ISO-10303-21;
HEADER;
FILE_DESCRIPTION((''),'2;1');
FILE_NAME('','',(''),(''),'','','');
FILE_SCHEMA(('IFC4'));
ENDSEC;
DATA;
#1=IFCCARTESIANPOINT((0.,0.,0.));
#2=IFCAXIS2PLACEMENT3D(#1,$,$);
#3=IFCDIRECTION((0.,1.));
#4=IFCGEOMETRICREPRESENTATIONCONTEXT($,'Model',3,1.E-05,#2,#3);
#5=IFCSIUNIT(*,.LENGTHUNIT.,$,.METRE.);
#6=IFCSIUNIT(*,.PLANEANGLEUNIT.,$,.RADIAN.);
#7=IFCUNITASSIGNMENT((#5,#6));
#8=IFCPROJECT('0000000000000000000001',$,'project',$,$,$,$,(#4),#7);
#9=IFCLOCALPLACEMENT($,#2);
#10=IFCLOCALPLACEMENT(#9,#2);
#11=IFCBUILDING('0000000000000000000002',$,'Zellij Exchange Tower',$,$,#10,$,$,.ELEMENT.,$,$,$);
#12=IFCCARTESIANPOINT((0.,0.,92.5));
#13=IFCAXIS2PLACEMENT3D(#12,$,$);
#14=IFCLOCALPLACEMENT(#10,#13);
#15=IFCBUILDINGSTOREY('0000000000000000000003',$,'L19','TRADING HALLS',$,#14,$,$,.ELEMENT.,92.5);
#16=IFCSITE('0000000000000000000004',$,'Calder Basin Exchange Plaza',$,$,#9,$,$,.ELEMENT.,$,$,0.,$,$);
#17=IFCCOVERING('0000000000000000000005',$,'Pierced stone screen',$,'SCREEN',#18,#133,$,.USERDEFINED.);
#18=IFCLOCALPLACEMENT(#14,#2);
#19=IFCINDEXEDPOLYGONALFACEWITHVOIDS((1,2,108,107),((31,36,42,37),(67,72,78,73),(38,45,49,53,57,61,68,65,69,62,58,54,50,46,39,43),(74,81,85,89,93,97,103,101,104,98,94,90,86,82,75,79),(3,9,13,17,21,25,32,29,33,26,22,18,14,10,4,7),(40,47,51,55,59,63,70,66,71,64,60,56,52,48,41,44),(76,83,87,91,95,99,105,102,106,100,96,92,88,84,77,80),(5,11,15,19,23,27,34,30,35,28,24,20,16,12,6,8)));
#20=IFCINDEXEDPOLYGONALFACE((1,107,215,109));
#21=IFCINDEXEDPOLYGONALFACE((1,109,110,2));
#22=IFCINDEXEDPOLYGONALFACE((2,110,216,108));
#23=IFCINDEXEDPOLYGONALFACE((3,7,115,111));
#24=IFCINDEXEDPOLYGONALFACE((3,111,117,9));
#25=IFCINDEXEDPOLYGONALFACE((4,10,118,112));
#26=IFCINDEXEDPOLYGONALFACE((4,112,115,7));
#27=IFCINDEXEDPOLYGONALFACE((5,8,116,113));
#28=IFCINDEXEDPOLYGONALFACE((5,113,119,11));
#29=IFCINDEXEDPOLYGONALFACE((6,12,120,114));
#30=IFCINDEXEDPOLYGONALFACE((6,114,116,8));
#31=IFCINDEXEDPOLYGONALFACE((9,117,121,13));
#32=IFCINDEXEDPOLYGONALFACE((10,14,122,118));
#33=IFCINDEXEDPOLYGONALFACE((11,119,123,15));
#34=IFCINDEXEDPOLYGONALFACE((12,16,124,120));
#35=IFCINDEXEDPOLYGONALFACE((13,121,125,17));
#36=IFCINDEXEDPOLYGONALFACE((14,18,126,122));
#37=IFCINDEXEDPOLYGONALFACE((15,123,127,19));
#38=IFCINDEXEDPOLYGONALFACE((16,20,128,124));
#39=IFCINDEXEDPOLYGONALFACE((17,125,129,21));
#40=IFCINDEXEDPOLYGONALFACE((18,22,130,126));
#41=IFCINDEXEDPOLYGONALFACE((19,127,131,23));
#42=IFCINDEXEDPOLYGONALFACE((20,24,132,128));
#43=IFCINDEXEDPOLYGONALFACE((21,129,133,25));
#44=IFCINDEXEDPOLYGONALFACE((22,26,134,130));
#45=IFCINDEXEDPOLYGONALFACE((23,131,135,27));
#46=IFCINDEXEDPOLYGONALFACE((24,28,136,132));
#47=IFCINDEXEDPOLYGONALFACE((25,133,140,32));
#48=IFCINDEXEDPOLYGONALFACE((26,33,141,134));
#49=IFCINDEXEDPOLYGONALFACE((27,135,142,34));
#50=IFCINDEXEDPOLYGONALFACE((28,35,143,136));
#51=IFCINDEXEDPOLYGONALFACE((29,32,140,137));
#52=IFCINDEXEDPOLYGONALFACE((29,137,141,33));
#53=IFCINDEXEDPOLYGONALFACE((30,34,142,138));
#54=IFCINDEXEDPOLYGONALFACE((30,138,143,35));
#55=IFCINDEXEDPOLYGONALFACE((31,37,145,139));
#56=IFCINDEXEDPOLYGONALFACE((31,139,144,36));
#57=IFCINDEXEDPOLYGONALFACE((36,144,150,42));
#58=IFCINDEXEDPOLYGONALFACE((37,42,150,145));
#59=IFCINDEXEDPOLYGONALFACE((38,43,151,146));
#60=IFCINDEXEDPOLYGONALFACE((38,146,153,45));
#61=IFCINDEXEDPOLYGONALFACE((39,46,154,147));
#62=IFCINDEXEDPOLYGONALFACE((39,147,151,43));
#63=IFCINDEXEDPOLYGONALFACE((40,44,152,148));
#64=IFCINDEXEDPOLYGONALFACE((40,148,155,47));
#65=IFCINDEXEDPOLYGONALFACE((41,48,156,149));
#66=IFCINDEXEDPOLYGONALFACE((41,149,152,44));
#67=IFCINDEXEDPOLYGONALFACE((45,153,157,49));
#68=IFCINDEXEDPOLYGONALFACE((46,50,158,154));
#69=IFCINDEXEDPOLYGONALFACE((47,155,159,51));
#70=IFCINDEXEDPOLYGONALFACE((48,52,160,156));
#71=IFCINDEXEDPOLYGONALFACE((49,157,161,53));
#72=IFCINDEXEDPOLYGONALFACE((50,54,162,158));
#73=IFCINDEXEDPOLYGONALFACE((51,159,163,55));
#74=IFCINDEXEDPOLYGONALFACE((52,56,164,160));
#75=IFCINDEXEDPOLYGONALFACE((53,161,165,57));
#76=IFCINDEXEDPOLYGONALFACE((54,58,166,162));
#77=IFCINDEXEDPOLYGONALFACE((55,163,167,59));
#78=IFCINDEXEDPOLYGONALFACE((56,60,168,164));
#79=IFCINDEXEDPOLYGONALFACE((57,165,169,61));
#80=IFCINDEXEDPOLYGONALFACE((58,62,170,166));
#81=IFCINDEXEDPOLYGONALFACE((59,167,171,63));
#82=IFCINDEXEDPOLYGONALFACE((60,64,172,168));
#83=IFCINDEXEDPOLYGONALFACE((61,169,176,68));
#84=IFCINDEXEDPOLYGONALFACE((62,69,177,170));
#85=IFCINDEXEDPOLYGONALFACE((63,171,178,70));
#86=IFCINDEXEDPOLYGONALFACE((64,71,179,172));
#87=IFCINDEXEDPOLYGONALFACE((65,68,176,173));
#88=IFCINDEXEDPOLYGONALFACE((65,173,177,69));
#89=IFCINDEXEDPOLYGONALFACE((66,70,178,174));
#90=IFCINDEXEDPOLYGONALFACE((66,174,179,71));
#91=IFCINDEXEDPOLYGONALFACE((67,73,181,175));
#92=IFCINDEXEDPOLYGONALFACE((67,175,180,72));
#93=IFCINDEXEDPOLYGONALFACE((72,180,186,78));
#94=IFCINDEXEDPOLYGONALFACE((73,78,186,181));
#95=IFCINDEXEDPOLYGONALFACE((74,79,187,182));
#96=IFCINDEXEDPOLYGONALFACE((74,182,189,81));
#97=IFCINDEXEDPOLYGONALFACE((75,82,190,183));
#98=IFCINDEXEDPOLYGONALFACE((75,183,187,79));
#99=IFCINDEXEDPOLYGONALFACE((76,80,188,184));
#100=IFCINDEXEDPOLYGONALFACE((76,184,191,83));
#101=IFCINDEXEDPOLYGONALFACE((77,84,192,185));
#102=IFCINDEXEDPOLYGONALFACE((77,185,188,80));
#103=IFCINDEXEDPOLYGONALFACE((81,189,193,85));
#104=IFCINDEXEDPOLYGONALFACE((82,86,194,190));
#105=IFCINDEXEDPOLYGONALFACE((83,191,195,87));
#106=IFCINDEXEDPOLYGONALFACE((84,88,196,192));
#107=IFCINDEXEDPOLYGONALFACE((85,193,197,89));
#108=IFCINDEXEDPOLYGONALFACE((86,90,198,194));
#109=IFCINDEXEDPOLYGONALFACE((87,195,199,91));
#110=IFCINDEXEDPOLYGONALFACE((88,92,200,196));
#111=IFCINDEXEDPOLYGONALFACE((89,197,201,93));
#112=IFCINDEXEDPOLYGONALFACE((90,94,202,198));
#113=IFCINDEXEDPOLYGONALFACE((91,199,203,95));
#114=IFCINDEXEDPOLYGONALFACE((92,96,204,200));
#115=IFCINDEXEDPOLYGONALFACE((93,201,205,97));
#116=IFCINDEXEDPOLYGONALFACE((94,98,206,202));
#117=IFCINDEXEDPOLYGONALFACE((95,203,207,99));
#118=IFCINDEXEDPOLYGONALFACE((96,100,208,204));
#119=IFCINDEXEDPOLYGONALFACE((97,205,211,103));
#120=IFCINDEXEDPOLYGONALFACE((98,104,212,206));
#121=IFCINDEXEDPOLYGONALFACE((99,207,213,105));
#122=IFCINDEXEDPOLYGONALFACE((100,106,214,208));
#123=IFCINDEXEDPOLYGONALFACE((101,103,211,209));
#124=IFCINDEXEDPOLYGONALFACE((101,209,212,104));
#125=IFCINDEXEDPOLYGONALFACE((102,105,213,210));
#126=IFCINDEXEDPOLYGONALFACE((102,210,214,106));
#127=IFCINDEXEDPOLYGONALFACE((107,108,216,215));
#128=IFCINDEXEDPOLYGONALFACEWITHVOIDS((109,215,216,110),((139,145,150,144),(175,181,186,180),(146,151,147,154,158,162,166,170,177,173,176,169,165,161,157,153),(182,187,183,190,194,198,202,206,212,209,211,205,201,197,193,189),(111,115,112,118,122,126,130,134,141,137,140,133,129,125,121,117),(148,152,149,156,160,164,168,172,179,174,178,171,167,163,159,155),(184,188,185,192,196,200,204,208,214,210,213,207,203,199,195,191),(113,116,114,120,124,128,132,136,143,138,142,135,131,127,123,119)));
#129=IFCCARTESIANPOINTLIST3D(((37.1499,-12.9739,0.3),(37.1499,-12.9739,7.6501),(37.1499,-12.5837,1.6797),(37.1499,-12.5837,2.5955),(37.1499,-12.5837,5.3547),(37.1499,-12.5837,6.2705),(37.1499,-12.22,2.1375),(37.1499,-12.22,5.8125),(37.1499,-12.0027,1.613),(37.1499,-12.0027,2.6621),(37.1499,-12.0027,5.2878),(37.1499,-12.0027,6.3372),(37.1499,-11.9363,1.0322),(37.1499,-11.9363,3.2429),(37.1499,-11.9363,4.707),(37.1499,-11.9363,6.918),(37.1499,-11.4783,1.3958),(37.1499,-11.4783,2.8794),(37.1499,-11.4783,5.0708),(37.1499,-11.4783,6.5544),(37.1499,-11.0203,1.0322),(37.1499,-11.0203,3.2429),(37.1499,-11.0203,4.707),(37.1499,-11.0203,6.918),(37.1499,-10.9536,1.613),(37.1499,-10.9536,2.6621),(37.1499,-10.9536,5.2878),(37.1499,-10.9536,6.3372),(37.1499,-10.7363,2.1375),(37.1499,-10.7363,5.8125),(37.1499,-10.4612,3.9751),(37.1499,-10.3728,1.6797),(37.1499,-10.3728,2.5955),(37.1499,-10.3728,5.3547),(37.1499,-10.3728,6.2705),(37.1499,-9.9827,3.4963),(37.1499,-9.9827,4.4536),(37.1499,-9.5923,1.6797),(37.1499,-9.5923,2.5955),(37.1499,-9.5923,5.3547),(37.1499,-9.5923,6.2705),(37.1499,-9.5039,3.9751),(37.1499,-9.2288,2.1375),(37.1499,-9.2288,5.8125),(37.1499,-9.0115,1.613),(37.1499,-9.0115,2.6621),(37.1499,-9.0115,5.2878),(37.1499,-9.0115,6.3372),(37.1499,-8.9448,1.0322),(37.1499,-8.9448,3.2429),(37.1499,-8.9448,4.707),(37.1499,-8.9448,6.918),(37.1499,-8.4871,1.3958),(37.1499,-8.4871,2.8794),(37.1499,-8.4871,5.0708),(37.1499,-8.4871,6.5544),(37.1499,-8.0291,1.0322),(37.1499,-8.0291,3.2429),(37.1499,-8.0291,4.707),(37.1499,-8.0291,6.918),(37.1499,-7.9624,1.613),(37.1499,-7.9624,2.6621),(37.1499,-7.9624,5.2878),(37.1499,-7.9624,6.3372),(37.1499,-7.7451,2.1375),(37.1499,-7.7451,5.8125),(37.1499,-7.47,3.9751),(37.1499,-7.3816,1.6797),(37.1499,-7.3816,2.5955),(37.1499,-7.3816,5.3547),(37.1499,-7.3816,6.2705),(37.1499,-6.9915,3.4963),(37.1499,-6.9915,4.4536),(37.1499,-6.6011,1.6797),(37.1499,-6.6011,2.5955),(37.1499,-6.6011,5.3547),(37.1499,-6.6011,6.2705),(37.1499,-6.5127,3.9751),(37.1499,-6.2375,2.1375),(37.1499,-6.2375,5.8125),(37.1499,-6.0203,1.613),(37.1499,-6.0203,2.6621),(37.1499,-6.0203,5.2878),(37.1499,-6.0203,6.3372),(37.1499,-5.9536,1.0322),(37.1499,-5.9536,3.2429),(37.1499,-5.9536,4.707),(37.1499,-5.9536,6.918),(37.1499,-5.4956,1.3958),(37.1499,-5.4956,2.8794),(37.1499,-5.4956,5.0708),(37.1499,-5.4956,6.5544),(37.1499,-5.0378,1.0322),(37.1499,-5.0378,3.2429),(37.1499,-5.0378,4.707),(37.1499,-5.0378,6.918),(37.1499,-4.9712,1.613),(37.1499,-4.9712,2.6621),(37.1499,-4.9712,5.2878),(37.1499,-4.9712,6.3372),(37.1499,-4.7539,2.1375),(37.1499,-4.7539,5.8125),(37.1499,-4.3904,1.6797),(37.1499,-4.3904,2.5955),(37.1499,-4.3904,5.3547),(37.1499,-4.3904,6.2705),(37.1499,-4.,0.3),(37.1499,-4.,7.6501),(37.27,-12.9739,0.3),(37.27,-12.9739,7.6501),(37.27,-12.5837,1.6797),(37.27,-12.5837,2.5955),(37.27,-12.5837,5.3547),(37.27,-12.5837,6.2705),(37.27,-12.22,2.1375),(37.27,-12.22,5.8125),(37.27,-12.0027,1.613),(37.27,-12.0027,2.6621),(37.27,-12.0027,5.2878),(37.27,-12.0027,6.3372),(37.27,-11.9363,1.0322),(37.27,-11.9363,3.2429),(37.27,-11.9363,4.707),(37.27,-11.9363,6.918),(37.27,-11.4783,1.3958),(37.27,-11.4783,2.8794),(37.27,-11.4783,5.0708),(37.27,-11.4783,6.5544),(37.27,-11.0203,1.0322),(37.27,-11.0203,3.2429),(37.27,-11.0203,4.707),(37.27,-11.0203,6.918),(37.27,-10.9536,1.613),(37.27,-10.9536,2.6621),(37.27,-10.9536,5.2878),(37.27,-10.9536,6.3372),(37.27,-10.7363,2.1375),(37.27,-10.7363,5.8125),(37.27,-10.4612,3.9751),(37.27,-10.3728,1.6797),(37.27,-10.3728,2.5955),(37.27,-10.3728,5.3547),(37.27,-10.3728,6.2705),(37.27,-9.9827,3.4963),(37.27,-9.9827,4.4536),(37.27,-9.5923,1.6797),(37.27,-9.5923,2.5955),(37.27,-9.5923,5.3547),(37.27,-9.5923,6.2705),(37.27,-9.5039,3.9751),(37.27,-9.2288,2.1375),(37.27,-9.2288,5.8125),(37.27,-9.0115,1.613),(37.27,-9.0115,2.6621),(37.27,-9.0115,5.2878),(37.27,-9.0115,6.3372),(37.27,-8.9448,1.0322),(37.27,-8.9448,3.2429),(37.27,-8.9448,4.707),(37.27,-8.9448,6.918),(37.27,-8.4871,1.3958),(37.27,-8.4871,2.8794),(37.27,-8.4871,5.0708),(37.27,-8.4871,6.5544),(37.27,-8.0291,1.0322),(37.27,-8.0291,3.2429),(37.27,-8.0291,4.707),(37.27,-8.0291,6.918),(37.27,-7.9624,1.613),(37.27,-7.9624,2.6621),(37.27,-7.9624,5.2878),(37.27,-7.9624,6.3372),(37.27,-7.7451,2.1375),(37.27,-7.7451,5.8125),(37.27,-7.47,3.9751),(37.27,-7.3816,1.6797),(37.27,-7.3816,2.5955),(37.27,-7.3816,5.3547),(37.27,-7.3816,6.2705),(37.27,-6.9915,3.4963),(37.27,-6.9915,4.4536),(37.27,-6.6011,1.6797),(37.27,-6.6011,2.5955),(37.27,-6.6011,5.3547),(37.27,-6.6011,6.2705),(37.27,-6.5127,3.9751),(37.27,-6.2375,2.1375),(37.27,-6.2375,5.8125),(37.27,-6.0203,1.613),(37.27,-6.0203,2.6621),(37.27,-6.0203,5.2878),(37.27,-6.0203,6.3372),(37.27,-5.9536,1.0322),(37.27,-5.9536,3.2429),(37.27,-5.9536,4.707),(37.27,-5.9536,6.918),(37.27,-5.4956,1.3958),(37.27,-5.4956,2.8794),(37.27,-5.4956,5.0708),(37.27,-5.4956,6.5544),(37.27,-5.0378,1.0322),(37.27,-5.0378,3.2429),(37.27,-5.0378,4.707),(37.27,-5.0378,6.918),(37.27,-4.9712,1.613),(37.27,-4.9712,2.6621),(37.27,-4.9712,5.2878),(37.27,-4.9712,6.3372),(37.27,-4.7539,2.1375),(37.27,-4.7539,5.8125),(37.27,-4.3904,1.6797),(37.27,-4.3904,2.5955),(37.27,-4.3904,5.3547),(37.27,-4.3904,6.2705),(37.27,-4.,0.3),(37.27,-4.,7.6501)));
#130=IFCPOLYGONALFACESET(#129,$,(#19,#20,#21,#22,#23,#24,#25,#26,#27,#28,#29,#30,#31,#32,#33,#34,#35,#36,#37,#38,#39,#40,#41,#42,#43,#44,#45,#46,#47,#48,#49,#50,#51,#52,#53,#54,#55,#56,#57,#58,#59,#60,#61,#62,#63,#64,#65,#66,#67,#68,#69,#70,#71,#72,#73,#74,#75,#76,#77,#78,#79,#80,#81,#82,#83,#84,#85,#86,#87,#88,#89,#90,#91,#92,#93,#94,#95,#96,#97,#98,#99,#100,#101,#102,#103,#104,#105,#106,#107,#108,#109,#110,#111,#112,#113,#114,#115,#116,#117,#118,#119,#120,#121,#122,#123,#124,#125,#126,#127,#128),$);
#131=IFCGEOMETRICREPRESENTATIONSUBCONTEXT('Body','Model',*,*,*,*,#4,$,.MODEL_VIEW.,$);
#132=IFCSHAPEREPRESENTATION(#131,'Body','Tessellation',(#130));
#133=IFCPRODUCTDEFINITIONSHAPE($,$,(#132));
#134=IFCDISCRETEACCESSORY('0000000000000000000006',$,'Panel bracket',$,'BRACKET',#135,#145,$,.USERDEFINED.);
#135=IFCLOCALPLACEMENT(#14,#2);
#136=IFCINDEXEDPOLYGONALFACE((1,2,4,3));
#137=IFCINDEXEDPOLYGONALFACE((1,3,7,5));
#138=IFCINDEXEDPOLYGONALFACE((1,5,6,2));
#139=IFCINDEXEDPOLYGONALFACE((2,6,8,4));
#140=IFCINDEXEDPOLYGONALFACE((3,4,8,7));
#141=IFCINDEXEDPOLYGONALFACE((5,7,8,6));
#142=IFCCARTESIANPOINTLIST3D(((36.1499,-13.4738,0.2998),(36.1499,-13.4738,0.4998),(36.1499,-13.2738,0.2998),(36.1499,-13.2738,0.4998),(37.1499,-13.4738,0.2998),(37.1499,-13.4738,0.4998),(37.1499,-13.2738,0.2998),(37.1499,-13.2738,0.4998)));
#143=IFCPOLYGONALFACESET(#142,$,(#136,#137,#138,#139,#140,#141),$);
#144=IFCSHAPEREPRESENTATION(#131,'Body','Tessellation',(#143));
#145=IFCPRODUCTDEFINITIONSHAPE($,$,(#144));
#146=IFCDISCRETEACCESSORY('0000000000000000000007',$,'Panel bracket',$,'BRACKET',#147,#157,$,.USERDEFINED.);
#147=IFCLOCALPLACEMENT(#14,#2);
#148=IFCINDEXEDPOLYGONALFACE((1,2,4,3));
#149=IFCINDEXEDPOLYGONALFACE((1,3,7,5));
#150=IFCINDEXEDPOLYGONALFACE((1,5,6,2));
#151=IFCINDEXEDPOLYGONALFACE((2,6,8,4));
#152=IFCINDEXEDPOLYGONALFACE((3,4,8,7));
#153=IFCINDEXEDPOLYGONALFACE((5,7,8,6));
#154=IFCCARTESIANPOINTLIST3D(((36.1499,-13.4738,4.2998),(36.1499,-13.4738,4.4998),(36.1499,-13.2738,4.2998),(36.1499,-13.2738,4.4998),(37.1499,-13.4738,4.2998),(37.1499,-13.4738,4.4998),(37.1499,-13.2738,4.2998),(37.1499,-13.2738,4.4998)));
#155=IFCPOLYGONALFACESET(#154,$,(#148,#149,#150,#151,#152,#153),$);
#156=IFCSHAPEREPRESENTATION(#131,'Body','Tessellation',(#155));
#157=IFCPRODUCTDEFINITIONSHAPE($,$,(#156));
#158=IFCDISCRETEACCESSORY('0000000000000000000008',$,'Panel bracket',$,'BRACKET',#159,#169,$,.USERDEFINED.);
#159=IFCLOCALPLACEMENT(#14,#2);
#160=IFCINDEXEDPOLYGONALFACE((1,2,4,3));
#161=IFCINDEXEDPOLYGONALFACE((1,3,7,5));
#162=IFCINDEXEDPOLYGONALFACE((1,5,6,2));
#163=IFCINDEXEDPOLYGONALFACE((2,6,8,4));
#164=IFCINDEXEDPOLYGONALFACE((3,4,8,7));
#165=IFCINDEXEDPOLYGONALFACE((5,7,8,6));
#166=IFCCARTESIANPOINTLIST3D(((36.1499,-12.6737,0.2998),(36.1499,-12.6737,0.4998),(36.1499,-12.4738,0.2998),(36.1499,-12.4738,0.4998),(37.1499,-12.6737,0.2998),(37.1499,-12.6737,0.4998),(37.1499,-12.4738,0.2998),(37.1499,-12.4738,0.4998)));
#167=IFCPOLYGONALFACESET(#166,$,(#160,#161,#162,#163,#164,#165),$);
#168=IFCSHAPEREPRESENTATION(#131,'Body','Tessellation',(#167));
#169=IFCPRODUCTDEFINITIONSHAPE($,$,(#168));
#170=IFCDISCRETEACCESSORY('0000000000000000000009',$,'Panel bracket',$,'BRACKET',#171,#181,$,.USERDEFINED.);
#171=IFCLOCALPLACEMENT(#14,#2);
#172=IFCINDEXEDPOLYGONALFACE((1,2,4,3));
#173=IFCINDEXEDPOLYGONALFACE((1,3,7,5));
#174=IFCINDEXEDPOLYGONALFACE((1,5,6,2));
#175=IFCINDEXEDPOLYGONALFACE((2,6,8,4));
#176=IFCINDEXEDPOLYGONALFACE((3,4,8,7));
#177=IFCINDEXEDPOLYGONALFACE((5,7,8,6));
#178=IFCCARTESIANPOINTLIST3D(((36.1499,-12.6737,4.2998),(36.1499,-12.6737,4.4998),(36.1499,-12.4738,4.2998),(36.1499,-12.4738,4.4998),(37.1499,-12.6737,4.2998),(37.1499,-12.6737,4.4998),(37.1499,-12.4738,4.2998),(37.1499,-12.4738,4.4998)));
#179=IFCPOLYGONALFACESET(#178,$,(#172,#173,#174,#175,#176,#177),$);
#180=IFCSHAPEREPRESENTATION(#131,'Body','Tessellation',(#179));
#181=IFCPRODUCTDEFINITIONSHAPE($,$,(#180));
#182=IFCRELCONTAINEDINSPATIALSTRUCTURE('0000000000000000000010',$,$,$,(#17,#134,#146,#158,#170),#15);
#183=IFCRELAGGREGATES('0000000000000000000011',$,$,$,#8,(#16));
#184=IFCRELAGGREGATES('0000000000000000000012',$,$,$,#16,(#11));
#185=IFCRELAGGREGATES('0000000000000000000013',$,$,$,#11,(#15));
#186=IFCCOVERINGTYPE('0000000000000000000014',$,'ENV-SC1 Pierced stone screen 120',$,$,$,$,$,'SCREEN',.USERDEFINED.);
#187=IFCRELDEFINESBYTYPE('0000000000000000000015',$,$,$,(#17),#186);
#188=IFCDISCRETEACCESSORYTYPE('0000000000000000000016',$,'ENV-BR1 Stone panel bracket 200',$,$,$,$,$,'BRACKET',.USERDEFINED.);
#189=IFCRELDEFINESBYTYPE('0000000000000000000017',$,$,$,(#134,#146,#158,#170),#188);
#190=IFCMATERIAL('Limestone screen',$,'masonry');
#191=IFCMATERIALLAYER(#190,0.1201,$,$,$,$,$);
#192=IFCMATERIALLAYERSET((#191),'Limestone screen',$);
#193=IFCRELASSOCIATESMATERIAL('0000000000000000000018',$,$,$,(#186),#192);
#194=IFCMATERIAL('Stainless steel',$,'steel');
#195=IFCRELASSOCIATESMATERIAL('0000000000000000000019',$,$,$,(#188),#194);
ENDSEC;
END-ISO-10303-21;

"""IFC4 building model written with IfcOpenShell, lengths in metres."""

from ifc_helpers import new_model, si_unit, direction, frame, origin, origin_2d, place, context, subcontext, project, spatial, polyline, rectangle, outline, extrude, material, layer, layer_set, type_object, element, save


model = new_model("IFC4")

# Units and contexts
model_context = context("Model", 3, precision=1e-05, world=origin(), true_north=direction((0.0, 1.0)))
body_context = subcontext(model_context, "Body", "Model", "MODEL_VIEW")
ifc_project = project(units=[si_unit("LENGTHUNIT", "METRE"), si_unit("PLANEANGLEUNIT", "RADIAN")], contexts=[model_context])

# Site, building, storey
site_placement = place(None, origin())
site = spatial("IfcSite", under=ifc_project, at=site_placement, Name="Calder Basin Exchange Plaza", CompositionType="ELEMENT", RefElevation=0.0)
building_placement = place(site_placement, origin())
building = spatial("IfcBuilding", under=site, at=building_placement, Name="Zellij Exchange Tower", CompositionType="ELEMENT")
storey_placement = place(building_placement, frame((0.0, 0.0, 92.5)))
storey = spatial("IfcBuildingStorey", under=building, at=storey_placement, Name="L19", Description="TRADING HALLS", CompositionType="ELEMENT", Elevation=92.5)

# Shared definitions
ifc_material_1 = material(Name="Stainless steel", Category="steel")

# Covering
ifc_material_2 = material(Name="Limestone screen", Category="masonry")
ifc_layer_1 = layer(ifc_material_2, 0.1201)
ifc_layer_set_1 = layer_set([ifc_layer_1], Name="Limestone screen")
covering_type = type_object("IfcCoveringType", Name="ENV-SC1 Pierced stone screen 120", ElementType="SCREEN", PredefinedType="USERDEFINED", material=ifc_layer_set_1)
covering_placement = place(storey_placement, frame((37.21, -12.9739, 0.3), z_axis=(0.0, 0.0, 1.0), x_axis=(0.0, 1.0, 0.0)))
element("IfcCovering", 1, at=covering_placement, inside=storey, type_object=covering_type, Name="Pierced stone screen", ObjectType="SCREEN", PredefinedType="USERDEFINED", context=body_context, shape_type="SweptSolid", body=[
    extrude(outline(polyline([(0.0, 0.0), (8.9739, 0.0), (8.9739, 7.3501), (0.0, 7.3501), (0.0, 0.0)]), holes=[polyline([(2.6011, 2.2954), (2.0203, 2.3621), (1.9536, 2.9429), (1.4956, 2.5793), (1.0376, 2.9429), (0.9712, 2.3621), (0.3901, 2.2954), (0.7539, 1.8374), (0.3901, 1.3796), (0.9712, 1.313), (1.0376, 0.7322), (1.4956, 1.0957), (1.9536, 0.7322), (2.0203, 1.313), (2.6011, 1.3796), (2.2375, 1.8374), (2.6011, 2.2954)]), polyline([(2.6011, 5.9705), (2.0203, 6.0371), (1.9536, 6.6179), (1.4956, 6.2544), (1.0376, 6.6179), (0.9712, 6.0371), (0.3901, 5.9705), (0.7539, 5.5125), (0.3901, 5.0547), (0.9712, 4.9878), (1.0376, 4.407), (1.4956, 4.7708), (1.9536, 4.407), (2.0203, 4.9878), (2.6011, 5.0547), (2.2375, 5.5125), (2.6011, 5.9705)]), polyline([(5.5923, 2.2954), (5.0115, 2.3621), (4.9448, 2.9429), (4.4868, 2.5793), (4.0291, 2.9429), (3.9624, 2.3621), (3.3816, 2.2954), (3.7451, 1.8374), (3.3816, 1.3796), (3.9624, 1.313), (4.0291, 0.7322), (4.4868, 1.0957), (4.9448, 0.7322), (5.0115, 1.313), (5.5923, 1.3796), (5.2288, 1.8374), (5.5923, 2.2954)]), polyline([(5.5923, 5.9705), (5.0115, 6.0371), (4.9448, 6.6179), (4.4868, 6.2544), (4.0291, 6.6179), (3.9624, 6.0371), (3.3816, 5.9705), (3.7451, 5.5125), (3.3816, 5.0547), (3.9624, 4.9878), (4.0291, 4.407), (4.4868, 4.7708), (4.9448, 4.407), (5.0115, 4.9878), (5.5923, 5.0547), (5.2288, 5.5125), (5.5923, 5.9705)]), polyline([(8.5835, 2.2954), (8.0027, 2.3621), (7.936, 2.9429), (7.4783, 2.5793), (7.0203, 2.9429), (6.9536, 2.3621), (6.3728, 2.2954), (6.7363, 1.8374), (6.3728, 1.3796), (6.9536, 1.313), (7.0203, 0.7322), (7.4783, 1.0957), (7.936, 0.7322), (8.0027, 1.313), (8.5835, 1.3796), (8.22, 1.8374), (8.5835, 2.2954)]), polyline([(8.5835, 5.9705), (8.0027, 6.0371), (7.936, 6.6179), (7.4783, 6.2544), (7.0203, 6.6179), (6.9536, 6.0371), (6.3728, 5.9705), (6.7363, 5.5125), (6.3728, 5.0547), (6.9536, 4.9878), (7.0203, 4.407), (7.4783, 4.7708), (7.936, 4.407), (8.0027, 4.9878), (8.5835, 5.0547), (8.22, 5.5125), (8.5835, 5.9705)]), polyline([(3.47, 3.675), (2.9912, 4.1536), (2.5127, 3.675), (2.9912, 3.1963), (3.47, 3.675)]), polyline([(6.4612, 3.675), (5.9824, 4.1536), (5.5039, 3.675), (5.9824, 3.1963), (6.4612, 3.675)])]), frame((0.0, 0.0601, 0.0), z_axis=(0.0, -1.0, 0.0), x_axis=(1.0, 0.0, 0.0)), (0.0, 0.0, 1.0), 0.1201),
])

# Discrete accessories
discrete_accessory_type = type_object("IfcDiscreteAccessoryType", Name="ENV-BR1 Stone panel bracket 200", ElementType="BRACKET", PredefinedType="USERDEFINED", material=ifc_material_1)
for number, where, z_axis, x_axis, name in (
    (2, (36.6499, -13.3738, 0.2998), (0.0, 0.0, 1.0), (0.0, 1.0, 0.0), "Panel bracket"),
    (3, (36.6499, -13.3738, 4.2998), (0.0, 0.0, 1.0), (0.0, 1.0, 0.0), "Panel bracket"),
    (4, (36.6499, -12.5737, 0.2998), (0.0, 0.0, 1.0), (0.0, 1.0, 0.0), "Panel bracket"),
    (5, (36.6499, -12.5737, 4.2998), (0.0, 0.0, 1.0), (0.0, 1.0, 0.0), "Panel bracket"),
):
    element("IfcDiscreteAccessory", number, at=place(storey_placement, frame(where, z_axis=z_axis, x_axis=x_axis)), inside=storey, type_object=discrete_accessory_type, Name=name, ObjectType="BRACKET", PredefinedType="USERDEFINED", context=body_context, shape_type="SweptSolid", body=[
        extrude(rectangle(XDim=0.2, YDim=1.0, at=origin_2d()), origin(), (0.0, 0.0, 1.0), 0.2),
    ])

save(model, "model.ifc")
